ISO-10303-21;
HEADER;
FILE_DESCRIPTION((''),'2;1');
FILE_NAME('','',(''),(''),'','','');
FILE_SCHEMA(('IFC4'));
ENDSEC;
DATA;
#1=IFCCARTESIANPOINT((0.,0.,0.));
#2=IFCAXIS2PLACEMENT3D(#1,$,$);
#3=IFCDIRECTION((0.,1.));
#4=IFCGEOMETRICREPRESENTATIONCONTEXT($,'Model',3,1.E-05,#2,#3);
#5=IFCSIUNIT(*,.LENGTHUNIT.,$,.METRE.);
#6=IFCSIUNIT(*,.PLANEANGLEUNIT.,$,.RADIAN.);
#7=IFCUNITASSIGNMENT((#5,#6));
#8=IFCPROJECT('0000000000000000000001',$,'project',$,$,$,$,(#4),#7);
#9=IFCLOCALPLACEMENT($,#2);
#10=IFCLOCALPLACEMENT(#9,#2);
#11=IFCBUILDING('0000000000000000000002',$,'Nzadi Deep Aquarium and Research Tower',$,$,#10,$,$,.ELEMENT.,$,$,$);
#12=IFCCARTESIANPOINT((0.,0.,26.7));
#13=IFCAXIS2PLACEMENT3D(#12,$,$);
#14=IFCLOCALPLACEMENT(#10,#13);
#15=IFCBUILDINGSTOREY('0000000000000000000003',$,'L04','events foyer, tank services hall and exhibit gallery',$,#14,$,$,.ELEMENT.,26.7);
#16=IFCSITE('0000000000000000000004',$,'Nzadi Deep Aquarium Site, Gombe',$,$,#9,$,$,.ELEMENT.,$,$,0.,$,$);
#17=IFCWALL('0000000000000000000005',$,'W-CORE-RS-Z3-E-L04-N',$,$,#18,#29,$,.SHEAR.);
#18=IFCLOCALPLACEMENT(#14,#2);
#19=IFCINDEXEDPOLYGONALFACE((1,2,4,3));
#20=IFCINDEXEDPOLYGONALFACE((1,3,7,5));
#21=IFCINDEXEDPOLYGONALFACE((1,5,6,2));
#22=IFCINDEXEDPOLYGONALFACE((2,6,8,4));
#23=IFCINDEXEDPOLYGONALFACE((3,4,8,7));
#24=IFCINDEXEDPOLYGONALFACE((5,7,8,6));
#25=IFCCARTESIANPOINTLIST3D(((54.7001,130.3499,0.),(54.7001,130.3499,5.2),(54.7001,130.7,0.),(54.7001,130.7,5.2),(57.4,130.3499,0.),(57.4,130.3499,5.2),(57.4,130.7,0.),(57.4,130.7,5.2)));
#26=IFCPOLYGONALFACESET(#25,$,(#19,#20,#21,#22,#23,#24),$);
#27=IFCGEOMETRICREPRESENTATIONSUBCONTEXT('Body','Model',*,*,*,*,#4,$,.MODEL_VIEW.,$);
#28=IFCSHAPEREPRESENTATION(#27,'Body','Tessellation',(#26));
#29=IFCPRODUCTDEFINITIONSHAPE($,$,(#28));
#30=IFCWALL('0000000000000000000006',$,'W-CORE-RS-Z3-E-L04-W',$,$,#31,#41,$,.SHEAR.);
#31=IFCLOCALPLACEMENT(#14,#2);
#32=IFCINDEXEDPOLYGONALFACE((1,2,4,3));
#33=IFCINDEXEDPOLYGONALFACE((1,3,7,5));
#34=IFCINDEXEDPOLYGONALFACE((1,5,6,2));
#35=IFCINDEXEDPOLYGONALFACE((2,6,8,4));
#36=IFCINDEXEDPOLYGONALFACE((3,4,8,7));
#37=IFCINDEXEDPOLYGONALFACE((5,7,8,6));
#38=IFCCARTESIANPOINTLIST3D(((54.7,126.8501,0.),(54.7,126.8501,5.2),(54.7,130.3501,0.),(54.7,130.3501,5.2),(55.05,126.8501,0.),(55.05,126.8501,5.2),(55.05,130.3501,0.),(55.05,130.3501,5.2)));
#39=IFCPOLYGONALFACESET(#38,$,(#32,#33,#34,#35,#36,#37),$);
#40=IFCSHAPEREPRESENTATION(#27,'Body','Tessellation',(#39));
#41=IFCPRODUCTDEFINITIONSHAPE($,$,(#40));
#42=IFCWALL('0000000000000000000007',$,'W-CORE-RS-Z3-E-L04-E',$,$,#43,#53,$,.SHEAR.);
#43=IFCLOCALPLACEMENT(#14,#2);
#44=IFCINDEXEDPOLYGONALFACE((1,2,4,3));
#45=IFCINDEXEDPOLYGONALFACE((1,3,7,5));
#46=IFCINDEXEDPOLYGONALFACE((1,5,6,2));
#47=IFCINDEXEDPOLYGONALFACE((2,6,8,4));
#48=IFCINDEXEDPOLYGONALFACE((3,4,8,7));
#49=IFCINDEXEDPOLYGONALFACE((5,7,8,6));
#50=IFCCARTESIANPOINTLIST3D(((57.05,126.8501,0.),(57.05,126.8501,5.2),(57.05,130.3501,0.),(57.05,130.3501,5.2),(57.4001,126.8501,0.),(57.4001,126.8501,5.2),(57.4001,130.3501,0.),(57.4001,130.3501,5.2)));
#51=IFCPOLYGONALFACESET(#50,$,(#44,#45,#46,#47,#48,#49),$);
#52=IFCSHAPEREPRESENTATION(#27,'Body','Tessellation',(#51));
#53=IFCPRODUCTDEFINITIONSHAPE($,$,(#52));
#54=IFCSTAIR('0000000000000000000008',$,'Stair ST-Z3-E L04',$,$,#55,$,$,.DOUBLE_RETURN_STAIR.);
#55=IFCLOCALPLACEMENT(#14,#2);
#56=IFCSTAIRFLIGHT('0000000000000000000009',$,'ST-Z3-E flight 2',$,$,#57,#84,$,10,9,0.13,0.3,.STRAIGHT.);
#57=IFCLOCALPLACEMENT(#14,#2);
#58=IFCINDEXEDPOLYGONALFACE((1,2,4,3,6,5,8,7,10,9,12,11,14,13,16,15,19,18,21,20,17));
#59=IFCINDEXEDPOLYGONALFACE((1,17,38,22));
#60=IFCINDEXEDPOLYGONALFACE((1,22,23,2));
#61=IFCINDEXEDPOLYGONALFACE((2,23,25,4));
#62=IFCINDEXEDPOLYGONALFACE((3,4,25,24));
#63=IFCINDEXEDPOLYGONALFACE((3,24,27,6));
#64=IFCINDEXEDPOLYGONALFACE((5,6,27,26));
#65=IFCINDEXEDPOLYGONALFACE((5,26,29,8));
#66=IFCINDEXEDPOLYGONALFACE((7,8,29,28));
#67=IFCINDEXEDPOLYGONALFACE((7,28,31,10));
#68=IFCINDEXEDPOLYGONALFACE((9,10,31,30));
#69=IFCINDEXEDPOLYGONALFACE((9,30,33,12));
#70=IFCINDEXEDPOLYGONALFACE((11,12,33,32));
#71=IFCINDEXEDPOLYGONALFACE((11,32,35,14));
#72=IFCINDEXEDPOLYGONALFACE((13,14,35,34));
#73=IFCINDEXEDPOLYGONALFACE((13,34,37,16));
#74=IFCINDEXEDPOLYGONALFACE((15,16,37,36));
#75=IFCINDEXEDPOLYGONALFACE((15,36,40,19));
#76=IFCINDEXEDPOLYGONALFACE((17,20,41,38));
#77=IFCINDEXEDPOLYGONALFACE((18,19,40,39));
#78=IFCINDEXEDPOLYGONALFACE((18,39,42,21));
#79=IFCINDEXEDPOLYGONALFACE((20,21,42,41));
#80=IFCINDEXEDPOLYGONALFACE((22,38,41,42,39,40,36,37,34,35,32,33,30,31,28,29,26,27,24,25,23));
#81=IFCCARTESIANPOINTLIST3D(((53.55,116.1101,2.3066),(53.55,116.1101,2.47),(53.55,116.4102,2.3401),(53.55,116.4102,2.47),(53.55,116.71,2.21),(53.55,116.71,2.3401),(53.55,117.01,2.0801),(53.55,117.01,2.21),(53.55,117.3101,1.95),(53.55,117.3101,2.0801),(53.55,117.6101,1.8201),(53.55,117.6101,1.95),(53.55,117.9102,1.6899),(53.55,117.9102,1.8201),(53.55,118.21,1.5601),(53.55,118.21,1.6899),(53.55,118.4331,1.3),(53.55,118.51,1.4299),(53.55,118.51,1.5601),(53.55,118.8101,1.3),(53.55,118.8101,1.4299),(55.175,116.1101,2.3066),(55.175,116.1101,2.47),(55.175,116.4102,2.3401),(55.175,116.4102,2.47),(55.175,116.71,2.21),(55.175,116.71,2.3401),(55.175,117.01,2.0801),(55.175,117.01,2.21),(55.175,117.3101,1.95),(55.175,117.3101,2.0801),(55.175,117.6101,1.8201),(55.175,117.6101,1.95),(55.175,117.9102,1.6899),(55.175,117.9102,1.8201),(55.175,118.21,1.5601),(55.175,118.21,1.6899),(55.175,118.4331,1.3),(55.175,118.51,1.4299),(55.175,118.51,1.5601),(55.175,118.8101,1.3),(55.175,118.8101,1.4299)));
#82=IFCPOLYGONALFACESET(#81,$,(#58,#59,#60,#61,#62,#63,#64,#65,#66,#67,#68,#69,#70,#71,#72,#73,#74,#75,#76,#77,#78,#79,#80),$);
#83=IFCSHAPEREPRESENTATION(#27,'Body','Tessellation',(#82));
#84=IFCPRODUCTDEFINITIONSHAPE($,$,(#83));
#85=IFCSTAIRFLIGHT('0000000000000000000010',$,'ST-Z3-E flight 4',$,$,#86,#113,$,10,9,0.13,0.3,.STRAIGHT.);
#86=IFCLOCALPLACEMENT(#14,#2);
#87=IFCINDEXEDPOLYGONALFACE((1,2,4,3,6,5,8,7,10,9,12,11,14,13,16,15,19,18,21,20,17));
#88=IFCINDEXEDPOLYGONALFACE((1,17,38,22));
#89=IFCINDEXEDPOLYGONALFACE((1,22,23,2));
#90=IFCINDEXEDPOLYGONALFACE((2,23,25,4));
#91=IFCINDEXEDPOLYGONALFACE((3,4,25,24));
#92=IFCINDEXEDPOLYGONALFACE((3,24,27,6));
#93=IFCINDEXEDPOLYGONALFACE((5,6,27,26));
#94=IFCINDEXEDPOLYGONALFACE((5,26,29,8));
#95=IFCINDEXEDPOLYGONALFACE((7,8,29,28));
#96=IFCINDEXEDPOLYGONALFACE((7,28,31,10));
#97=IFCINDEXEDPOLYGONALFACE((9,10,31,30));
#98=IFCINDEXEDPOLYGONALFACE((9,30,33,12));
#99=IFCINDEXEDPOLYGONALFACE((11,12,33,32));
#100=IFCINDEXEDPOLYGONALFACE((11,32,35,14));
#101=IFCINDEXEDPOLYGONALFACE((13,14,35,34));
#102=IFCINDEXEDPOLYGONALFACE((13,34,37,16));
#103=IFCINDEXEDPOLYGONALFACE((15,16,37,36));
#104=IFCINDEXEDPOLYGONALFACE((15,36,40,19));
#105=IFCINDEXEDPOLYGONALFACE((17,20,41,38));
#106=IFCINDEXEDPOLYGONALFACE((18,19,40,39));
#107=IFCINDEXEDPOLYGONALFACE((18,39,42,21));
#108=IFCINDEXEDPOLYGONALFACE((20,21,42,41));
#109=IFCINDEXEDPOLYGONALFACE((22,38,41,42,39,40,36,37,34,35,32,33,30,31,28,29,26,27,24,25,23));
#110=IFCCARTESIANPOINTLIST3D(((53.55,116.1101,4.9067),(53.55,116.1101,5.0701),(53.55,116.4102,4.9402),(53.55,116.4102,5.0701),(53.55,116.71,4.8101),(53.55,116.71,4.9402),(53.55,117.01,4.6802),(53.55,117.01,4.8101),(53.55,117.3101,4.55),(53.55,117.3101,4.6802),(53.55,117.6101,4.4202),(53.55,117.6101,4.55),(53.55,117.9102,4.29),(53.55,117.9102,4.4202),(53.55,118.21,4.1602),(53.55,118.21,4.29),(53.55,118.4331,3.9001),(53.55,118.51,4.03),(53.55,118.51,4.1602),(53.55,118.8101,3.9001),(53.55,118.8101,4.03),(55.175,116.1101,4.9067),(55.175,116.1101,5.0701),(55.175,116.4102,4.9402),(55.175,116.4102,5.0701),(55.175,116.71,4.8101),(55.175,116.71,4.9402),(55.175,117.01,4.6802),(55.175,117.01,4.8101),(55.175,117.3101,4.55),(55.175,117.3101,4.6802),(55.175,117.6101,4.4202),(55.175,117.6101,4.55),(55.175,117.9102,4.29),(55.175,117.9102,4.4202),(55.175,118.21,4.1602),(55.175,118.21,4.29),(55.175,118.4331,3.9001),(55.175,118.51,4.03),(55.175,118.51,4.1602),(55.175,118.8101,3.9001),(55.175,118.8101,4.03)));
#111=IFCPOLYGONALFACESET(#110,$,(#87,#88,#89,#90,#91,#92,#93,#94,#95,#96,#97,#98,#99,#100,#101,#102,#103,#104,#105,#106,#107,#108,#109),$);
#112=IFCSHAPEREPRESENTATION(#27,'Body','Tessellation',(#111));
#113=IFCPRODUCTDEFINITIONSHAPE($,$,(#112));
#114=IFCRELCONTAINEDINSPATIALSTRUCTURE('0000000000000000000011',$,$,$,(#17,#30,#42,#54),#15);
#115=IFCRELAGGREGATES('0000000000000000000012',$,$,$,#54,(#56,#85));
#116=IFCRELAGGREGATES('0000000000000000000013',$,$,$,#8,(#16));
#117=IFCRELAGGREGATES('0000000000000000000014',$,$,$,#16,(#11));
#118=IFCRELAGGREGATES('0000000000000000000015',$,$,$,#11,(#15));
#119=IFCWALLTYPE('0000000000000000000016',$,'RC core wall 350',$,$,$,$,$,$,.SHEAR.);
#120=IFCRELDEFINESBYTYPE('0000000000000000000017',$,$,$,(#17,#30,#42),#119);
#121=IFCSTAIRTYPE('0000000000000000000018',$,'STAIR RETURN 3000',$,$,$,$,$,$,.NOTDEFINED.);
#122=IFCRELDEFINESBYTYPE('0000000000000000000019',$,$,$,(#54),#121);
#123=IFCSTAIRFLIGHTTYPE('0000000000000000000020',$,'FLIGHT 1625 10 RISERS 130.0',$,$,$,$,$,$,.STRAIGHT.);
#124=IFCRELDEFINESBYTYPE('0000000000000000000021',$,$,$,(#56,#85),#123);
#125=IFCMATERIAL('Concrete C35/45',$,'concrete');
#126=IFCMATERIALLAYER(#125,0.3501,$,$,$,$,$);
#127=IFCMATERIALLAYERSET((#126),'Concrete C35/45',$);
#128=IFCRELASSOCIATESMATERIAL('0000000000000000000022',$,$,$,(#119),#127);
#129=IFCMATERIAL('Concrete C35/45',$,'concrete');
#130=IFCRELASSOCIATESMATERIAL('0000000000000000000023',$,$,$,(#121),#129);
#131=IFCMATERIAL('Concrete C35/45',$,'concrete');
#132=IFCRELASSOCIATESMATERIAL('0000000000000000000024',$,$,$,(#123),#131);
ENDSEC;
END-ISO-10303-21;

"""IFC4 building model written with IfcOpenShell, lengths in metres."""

from ifc_helpers import new_model, si_unit, direction, frame, frame_2d, origin, place, context, subcontext, project, spatial, polyline, rectangle, outline, extrude, material, layer, layer_set, type_object, element, aggregate, save


model = new_model("IFC4")

# Units and contexts
model_context = context("Model", 3, precision=1e-05, world=origin(), true_north=direction((0.0, 1.0)))
body_context = subcontext(model_context, "Body", "Model", "MODEL_VIEW")
ifc_project = project(units=[si_unit("LENGTHUNIT", "METRE"), si_unit("PLANEANGLEUNIT", "RADIAN")], contexts=[model_context])

# Site, building, storey
site_placement = place(None, origin())
site = spatial("IfcSite", under=ifc_project, at=site_placement, Name="Nzadi Deep Aquarium Site, Gombe", CompositionType="ELEMENT", RefElevation=0.0)
building_placement = place(site_placement, origin())
building = spatial("IfcBuilding", under=site, at=building_placement, Name="Nzadi Deep Aquarium and Research Tower", CompositionType="ELEMENT")
storey_placement = place(building_placement, frame((0.0, 0.0, 26.7)))
storey = spatial("IfcBuildingStorey", under=building, at=storey_placement, Name="L04", Description="events foyer, tank services hall and exhibit gallery", CompositionType="ELEMENT", Elevation=26.7)

# Shared definitions
ifc_material_1 = material(Name="Concrete C35/45", Category="concrete")
ifc_layer_1 = layer(ifc_material_1, 0.3501)
ifc_layer_set_1 = layer_set([ifc_layer_1], Name="Concrete C35/45")
wall_type_1 = type_object("IfcWallType", Name="RC core wall 350", PredefinedType="SHEAR", material=ifc_layer_set_1)

# Walls
for number, where, z_axis, x_axis, name in (
    (1, (54.7, 130.5249, 0.0), (0.0, 0.0, 1.0), (1.0, 0.0, 0.0), "W-CORE-RS-Z3-E-L04-N"),
):
    element("IfcWall", number, at=place(storey_placement, frame(where, z_axis=z_axis, x_axis=x_axis)), inside=storey, type_object=wall_type_1, Name=name, PredefinedType="SHEAR", context=body_context, shape_type="SweptSolid", body=[
        extrude(rectangle(XDim=2.7, YDim=0.3501, at=frame_2d((1.3501, 0.0))), origin(), (0.0, 0.0, 1.0), 5.2),
    ])
for number, where, z_axis, x_axis, name in (
    (2, (54.875, 126.8501, 0.0), (0.0, 0.0, 1.0), (0.0, 1.0, 0.0), "W-CORE-RS-Z3-E-L04-W"),
    (3, (57.2251, 126.8501, 0.0), (0.0, 0.0, 1.0), (0.0, 1.0, 0.0), "W-CORE-RS-Z3-E-L04-E"),
):
    element("IfcWall", number, at=place(storey_placement, frame(where, z_axis=z_axis, x_axis=x_axis)), inside=storey, type_object=wall_type_1, Name=name, PredefinedType="SHEAR", context=body_context, shape_type="SweptSolid", body=[
        extrude(rectangle(XDim=3.5, YDim=0.3501, at=frame_2d((1.75, 0.0))), origin(), (0.0, 0.0, 1.0), 5.2),
    ])

# Stair, stair flights
ifc_material_2 = material(Name="Concrete C35/45", Category="concrete")
stair_type = type_object("IfcStairType", Name="STAIR RETURN 3000", PredefinedType="NOTDEFINED", material=ifc_material_2)
stair_placement = place(storey_placement, origin())
stair = element("IfcStair", 4, at=stair_placement, inside=storey, type_object=stair_type, Name="Stair ST-Z3-E L04", PredefinedType="DOUBLE_RETURN_STAIR")
ifc_material_3 = material(Name="Concrete C35/45", Category="concrete")
stair_flight_type = type_object("IfcStairFlightType", Name="FLIGHT 1625 10 RISERS 130.0", PredefinedType="STRAIGHT", material=ifc_material_3)
stair_flight_1_placement = place(storey_placement, frame((54.3625, 118.8101, 1.3), z_axis=(0.0, 0.0, 1.0), x_axis=(0.0, -1.0, 0.0)))
stair_flight_1 = element("IfcStairFlight", 5, at=stair_flight_1_placement, type_object=stair_flight_type, Name="ST-Z3-E flight 2", NumberOfRisers=10, NumberOfTreads=9, PredefinedType="STRAIGHT", RiserHeight=0.13, TreadLength=0.3, context=body_context, shape_type="SweptSolid", body=[
    extrude(outline(polyline([(0.0, 0.0), (0.0, 0.1299), (0.3, 0.1299), (0.3, 0.26), (0.6001, 0.26), (0.6001, 0.3899), (0.8999, 0.3899), (0.8999, 0.52), (1.2, 0.52), (1.2, 0.6499), (1.5, 0.6499), (1.5, 0.78), (1.8, 0.78), (1.8, 0.9099), (2.1001, 0.9099), (2.1001, 1.04), (2.3999, 1.04), (2.3999, 1.1699), (2.7, 1.1699), (2.7, 1.3), (2.7, 1.0066), (0.377, 0.0), (0.0, 0.0)])), frame((0.0, 0.8125, 0.0), z_axis=(0.0, -1.0, 0.0), x_axis=(1.0, 0.0, 0.0)), (0.0, 0.0, 1.0), 1.625),
])
stair_flight_2_placement = place(storey_placement, frame((54.3625, 118.8101, 3.9001), z_axis=(0.0, 0.0, 1.0), x_axis=(0.0, -1.0, 0.0)))
stair_flight_2 = element("IfcStairFlight", 6, at=stair_flight_2_placement, type_object=stair_flight_type, Name="ST-Z3-E flight 4", NumberOfRisers=10, NumberOfTreads=9, PredefinedType="STRAIGHT", RiserHeight=0.13, TreadLength=0.3, context=body_context, shape_type="SweptSolid", body=[
    extrude(outline(polyline([(0.0, 0.0), (0.0, 0.1299), (0.3, 0.1299), (0.3, 0.26), (0.6001, 0.26), (0.6001, 0.3899), (0.8999, 0.3899), (0.8999, 0.52), (1.2, 0.52), (1.2, 0.6499), (1.5, 0.6499), (1.5, 0.78), (1.8, 0.78), (1.8, 0.9099), (2.1001, 0.9099), (2.1001, 1.04), (2.3999, 1.04), (2.3999, 1.1699), (2.7, 1.1699), (2.7, 1.3), (2.7, 1.0066), (0.377, 0.0), (0.0, 0.0)])), frame((0.0, 0.8125, 0.0), z_axis=(0.0, -1.0, 0.0), x_axis=(1.0, 0.0, 0.0)), (0.0, 0.0, 1.0), 1.625),
])
aggregate(stair, [stair_flight_1, stair_flight_2])

save(model, "model.ifc")
